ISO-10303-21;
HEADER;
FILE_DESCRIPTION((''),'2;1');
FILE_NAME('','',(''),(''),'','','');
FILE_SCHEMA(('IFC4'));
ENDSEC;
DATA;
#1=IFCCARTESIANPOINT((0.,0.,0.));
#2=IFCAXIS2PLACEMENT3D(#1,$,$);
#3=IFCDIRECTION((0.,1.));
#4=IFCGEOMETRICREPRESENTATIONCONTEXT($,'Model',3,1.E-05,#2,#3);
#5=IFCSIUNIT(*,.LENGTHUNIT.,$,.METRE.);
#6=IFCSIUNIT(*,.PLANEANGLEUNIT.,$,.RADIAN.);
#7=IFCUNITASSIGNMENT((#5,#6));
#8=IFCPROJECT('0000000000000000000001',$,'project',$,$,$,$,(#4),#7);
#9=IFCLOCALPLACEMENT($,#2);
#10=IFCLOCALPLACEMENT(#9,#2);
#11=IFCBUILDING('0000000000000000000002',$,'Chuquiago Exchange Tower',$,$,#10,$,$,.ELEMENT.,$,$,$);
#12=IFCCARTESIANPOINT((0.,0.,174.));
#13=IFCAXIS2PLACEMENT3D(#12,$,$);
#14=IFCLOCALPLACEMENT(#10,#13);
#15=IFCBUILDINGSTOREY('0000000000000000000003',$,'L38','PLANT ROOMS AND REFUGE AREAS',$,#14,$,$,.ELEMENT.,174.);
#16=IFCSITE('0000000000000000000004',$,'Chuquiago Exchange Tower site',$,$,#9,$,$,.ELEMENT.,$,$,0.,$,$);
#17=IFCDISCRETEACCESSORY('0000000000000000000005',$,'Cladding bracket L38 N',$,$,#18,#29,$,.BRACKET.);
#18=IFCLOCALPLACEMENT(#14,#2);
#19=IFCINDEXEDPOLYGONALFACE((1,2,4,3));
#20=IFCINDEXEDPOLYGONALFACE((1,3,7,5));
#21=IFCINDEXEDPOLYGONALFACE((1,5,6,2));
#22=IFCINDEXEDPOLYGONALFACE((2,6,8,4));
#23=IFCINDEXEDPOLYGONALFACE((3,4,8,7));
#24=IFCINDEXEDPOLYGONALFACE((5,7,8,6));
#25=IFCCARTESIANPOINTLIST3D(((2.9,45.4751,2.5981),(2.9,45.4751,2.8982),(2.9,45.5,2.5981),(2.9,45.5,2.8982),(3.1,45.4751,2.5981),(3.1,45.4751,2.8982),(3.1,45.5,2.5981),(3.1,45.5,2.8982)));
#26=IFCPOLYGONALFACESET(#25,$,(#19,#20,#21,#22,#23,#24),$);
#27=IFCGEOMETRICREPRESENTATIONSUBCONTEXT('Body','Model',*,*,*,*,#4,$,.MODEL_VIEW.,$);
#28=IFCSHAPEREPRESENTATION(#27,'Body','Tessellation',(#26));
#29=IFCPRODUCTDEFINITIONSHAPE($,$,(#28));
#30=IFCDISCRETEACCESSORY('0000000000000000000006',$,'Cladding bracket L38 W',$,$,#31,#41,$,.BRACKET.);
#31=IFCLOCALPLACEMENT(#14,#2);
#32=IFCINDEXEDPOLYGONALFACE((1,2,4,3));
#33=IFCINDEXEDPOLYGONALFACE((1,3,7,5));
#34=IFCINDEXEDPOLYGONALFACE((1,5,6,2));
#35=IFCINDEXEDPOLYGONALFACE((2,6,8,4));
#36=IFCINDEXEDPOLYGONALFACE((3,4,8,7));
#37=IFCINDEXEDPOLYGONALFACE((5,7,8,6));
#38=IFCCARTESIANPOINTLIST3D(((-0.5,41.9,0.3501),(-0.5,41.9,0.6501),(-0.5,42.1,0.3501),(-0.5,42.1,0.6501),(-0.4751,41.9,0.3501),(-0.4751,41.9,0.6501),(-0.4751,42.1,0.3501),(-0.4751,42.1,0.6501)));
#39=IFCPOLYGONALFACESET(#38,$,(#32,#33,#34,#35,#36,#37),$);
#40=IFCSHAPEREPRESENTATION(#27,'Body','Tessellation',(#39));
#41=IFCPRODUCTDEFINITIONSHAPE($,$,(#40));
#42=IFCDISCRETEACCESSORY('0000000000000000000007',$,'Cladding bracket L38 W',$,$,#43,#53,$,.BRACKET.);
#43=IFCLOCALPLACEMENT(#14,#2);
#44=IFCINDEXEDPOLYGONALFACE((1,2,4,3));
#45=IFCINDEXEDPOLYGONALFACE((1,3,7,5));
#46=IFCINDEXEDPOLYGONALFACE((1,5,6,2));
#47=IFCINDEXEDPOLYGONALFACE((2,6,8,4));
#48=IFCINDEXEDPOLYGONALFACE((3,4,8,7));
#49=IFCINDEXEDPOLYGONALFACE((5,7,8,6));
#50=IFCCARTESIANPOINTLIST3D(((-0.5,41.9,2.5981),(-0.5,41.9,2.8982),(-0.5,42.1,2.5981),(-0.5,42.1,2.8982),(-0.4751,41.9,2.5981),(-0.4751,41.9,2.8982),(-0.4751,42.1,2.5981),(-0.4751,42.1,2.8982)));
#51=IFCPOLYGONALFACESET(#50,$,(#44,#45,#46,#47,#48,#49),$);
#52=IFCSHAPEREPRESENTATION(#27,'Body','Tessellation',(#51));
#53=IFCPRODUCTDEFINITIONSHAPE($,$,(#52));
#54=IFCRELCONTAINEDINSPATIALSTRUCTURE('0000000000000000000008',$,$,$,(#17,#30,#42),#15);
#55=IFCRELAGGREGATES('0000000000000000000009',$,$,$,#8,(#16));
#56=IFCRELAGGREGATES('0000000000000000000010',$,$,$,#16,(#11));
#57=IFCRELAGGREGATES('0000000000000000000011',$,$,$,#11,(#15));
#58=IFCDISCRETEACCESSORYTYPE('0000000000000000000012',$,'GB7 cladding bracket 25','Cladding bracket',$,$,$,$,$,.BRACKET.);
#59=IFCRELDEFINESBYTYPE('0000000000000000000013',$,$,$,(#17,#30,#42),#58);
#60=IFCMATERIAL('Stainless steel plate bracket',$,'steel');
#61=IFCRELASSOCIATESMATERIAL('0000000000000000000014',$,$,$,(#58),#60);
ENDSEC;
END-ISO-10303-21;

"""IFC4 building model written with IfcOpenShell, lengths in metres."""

from ifc_helpers import new_model, si_unit, direction, frame, origin, origin_2d, place, context, subcontext, project, spatial, rectangle, extrude, material, type_object, element, save


model = new_model("IFC4")

# Units and contexts
model_context = context("Model", 3, precision=1e-05, world=origin(), true_north=direction((0.0, 1.0)))
body_context = subcontext(model_context, "Body", "Model", "MODEL_VIEW")
ifc_project = project(units=[si_unit("LENGTHUNIT", "METRE"), si_unit("PLANEANGLEUNIT", "RADIAN")], contexts=[model_context])

# Site, building, storey
site_placement = place(None, origin())
site = spatial("IfcSite", under=ifc_project, at=site_placement, Name="Chuquiago Exchange Tower site", CompositionType="ELEMENT", RefElevation=0.0)
building_placement = place(site_placement, origin())
building = spatial("IfcBuilding", under=site, at=building_placement, Name="Chuquiago Exchange Tower", CompositionType="ELEMENT")
storey_placement = place(building_placement, frame((0.0, 0.0, 174.0)))
storey = spatial("IfcBuildingStorey", under=building, at=storey_placement, Name="L38", Description="PLANT ROOMS AND REFUGE AREAS", CompositionType="ELEMENT", Elevation=174.0)

# Discrete accessories
ifc_material_1 = material(Name="Stainless steel plate bracket", Category="steel")
discrete_accessory_type_1 = type_object("IfcDiscreteAccessoryType", Name="GB7 cladding bracket 25", Description="Cladding bracket", PredefinedType="BRACKET", material=ifc_material_1)
for number, where, z_axis, x_axis, name in (
    (1, (3.0, 45.4875, 2.5981), (0.0, 0.0, 1.0), (-1.0, 0.0, 0.0), "Cladding bracket L38 N"),
    (2, (-0.4875, 42.0, 0.3501), (0.0, 0.0, 1.0), (0.0, -1.0, 0.0), "Cladding bracket L38 W"),
    (3, (-0.4875, 42.0, 2.5981), (0.0, 0.0, 1.0), (0.0, -1.0, 0.0), "Cladding bracket L38 W"),
):
    element("IfcDiscreteAccessory", number, at=place(storey_placement, frame(where, z_axis=z_axis, x_axis=x_axis)), inside=storey, type_object=discrete_accessory_type_1, Name=name, PredefinedType="BRACKET", context=body_context, shape_type="SweptSolid", body=[
        extrude(rectangle(XDim=0.2, YDim=0.0249, at=origin_2d()), origin(), (0.0, 0.0, 1.0), 0.3),
    ])

save(model, "model.ifc")
